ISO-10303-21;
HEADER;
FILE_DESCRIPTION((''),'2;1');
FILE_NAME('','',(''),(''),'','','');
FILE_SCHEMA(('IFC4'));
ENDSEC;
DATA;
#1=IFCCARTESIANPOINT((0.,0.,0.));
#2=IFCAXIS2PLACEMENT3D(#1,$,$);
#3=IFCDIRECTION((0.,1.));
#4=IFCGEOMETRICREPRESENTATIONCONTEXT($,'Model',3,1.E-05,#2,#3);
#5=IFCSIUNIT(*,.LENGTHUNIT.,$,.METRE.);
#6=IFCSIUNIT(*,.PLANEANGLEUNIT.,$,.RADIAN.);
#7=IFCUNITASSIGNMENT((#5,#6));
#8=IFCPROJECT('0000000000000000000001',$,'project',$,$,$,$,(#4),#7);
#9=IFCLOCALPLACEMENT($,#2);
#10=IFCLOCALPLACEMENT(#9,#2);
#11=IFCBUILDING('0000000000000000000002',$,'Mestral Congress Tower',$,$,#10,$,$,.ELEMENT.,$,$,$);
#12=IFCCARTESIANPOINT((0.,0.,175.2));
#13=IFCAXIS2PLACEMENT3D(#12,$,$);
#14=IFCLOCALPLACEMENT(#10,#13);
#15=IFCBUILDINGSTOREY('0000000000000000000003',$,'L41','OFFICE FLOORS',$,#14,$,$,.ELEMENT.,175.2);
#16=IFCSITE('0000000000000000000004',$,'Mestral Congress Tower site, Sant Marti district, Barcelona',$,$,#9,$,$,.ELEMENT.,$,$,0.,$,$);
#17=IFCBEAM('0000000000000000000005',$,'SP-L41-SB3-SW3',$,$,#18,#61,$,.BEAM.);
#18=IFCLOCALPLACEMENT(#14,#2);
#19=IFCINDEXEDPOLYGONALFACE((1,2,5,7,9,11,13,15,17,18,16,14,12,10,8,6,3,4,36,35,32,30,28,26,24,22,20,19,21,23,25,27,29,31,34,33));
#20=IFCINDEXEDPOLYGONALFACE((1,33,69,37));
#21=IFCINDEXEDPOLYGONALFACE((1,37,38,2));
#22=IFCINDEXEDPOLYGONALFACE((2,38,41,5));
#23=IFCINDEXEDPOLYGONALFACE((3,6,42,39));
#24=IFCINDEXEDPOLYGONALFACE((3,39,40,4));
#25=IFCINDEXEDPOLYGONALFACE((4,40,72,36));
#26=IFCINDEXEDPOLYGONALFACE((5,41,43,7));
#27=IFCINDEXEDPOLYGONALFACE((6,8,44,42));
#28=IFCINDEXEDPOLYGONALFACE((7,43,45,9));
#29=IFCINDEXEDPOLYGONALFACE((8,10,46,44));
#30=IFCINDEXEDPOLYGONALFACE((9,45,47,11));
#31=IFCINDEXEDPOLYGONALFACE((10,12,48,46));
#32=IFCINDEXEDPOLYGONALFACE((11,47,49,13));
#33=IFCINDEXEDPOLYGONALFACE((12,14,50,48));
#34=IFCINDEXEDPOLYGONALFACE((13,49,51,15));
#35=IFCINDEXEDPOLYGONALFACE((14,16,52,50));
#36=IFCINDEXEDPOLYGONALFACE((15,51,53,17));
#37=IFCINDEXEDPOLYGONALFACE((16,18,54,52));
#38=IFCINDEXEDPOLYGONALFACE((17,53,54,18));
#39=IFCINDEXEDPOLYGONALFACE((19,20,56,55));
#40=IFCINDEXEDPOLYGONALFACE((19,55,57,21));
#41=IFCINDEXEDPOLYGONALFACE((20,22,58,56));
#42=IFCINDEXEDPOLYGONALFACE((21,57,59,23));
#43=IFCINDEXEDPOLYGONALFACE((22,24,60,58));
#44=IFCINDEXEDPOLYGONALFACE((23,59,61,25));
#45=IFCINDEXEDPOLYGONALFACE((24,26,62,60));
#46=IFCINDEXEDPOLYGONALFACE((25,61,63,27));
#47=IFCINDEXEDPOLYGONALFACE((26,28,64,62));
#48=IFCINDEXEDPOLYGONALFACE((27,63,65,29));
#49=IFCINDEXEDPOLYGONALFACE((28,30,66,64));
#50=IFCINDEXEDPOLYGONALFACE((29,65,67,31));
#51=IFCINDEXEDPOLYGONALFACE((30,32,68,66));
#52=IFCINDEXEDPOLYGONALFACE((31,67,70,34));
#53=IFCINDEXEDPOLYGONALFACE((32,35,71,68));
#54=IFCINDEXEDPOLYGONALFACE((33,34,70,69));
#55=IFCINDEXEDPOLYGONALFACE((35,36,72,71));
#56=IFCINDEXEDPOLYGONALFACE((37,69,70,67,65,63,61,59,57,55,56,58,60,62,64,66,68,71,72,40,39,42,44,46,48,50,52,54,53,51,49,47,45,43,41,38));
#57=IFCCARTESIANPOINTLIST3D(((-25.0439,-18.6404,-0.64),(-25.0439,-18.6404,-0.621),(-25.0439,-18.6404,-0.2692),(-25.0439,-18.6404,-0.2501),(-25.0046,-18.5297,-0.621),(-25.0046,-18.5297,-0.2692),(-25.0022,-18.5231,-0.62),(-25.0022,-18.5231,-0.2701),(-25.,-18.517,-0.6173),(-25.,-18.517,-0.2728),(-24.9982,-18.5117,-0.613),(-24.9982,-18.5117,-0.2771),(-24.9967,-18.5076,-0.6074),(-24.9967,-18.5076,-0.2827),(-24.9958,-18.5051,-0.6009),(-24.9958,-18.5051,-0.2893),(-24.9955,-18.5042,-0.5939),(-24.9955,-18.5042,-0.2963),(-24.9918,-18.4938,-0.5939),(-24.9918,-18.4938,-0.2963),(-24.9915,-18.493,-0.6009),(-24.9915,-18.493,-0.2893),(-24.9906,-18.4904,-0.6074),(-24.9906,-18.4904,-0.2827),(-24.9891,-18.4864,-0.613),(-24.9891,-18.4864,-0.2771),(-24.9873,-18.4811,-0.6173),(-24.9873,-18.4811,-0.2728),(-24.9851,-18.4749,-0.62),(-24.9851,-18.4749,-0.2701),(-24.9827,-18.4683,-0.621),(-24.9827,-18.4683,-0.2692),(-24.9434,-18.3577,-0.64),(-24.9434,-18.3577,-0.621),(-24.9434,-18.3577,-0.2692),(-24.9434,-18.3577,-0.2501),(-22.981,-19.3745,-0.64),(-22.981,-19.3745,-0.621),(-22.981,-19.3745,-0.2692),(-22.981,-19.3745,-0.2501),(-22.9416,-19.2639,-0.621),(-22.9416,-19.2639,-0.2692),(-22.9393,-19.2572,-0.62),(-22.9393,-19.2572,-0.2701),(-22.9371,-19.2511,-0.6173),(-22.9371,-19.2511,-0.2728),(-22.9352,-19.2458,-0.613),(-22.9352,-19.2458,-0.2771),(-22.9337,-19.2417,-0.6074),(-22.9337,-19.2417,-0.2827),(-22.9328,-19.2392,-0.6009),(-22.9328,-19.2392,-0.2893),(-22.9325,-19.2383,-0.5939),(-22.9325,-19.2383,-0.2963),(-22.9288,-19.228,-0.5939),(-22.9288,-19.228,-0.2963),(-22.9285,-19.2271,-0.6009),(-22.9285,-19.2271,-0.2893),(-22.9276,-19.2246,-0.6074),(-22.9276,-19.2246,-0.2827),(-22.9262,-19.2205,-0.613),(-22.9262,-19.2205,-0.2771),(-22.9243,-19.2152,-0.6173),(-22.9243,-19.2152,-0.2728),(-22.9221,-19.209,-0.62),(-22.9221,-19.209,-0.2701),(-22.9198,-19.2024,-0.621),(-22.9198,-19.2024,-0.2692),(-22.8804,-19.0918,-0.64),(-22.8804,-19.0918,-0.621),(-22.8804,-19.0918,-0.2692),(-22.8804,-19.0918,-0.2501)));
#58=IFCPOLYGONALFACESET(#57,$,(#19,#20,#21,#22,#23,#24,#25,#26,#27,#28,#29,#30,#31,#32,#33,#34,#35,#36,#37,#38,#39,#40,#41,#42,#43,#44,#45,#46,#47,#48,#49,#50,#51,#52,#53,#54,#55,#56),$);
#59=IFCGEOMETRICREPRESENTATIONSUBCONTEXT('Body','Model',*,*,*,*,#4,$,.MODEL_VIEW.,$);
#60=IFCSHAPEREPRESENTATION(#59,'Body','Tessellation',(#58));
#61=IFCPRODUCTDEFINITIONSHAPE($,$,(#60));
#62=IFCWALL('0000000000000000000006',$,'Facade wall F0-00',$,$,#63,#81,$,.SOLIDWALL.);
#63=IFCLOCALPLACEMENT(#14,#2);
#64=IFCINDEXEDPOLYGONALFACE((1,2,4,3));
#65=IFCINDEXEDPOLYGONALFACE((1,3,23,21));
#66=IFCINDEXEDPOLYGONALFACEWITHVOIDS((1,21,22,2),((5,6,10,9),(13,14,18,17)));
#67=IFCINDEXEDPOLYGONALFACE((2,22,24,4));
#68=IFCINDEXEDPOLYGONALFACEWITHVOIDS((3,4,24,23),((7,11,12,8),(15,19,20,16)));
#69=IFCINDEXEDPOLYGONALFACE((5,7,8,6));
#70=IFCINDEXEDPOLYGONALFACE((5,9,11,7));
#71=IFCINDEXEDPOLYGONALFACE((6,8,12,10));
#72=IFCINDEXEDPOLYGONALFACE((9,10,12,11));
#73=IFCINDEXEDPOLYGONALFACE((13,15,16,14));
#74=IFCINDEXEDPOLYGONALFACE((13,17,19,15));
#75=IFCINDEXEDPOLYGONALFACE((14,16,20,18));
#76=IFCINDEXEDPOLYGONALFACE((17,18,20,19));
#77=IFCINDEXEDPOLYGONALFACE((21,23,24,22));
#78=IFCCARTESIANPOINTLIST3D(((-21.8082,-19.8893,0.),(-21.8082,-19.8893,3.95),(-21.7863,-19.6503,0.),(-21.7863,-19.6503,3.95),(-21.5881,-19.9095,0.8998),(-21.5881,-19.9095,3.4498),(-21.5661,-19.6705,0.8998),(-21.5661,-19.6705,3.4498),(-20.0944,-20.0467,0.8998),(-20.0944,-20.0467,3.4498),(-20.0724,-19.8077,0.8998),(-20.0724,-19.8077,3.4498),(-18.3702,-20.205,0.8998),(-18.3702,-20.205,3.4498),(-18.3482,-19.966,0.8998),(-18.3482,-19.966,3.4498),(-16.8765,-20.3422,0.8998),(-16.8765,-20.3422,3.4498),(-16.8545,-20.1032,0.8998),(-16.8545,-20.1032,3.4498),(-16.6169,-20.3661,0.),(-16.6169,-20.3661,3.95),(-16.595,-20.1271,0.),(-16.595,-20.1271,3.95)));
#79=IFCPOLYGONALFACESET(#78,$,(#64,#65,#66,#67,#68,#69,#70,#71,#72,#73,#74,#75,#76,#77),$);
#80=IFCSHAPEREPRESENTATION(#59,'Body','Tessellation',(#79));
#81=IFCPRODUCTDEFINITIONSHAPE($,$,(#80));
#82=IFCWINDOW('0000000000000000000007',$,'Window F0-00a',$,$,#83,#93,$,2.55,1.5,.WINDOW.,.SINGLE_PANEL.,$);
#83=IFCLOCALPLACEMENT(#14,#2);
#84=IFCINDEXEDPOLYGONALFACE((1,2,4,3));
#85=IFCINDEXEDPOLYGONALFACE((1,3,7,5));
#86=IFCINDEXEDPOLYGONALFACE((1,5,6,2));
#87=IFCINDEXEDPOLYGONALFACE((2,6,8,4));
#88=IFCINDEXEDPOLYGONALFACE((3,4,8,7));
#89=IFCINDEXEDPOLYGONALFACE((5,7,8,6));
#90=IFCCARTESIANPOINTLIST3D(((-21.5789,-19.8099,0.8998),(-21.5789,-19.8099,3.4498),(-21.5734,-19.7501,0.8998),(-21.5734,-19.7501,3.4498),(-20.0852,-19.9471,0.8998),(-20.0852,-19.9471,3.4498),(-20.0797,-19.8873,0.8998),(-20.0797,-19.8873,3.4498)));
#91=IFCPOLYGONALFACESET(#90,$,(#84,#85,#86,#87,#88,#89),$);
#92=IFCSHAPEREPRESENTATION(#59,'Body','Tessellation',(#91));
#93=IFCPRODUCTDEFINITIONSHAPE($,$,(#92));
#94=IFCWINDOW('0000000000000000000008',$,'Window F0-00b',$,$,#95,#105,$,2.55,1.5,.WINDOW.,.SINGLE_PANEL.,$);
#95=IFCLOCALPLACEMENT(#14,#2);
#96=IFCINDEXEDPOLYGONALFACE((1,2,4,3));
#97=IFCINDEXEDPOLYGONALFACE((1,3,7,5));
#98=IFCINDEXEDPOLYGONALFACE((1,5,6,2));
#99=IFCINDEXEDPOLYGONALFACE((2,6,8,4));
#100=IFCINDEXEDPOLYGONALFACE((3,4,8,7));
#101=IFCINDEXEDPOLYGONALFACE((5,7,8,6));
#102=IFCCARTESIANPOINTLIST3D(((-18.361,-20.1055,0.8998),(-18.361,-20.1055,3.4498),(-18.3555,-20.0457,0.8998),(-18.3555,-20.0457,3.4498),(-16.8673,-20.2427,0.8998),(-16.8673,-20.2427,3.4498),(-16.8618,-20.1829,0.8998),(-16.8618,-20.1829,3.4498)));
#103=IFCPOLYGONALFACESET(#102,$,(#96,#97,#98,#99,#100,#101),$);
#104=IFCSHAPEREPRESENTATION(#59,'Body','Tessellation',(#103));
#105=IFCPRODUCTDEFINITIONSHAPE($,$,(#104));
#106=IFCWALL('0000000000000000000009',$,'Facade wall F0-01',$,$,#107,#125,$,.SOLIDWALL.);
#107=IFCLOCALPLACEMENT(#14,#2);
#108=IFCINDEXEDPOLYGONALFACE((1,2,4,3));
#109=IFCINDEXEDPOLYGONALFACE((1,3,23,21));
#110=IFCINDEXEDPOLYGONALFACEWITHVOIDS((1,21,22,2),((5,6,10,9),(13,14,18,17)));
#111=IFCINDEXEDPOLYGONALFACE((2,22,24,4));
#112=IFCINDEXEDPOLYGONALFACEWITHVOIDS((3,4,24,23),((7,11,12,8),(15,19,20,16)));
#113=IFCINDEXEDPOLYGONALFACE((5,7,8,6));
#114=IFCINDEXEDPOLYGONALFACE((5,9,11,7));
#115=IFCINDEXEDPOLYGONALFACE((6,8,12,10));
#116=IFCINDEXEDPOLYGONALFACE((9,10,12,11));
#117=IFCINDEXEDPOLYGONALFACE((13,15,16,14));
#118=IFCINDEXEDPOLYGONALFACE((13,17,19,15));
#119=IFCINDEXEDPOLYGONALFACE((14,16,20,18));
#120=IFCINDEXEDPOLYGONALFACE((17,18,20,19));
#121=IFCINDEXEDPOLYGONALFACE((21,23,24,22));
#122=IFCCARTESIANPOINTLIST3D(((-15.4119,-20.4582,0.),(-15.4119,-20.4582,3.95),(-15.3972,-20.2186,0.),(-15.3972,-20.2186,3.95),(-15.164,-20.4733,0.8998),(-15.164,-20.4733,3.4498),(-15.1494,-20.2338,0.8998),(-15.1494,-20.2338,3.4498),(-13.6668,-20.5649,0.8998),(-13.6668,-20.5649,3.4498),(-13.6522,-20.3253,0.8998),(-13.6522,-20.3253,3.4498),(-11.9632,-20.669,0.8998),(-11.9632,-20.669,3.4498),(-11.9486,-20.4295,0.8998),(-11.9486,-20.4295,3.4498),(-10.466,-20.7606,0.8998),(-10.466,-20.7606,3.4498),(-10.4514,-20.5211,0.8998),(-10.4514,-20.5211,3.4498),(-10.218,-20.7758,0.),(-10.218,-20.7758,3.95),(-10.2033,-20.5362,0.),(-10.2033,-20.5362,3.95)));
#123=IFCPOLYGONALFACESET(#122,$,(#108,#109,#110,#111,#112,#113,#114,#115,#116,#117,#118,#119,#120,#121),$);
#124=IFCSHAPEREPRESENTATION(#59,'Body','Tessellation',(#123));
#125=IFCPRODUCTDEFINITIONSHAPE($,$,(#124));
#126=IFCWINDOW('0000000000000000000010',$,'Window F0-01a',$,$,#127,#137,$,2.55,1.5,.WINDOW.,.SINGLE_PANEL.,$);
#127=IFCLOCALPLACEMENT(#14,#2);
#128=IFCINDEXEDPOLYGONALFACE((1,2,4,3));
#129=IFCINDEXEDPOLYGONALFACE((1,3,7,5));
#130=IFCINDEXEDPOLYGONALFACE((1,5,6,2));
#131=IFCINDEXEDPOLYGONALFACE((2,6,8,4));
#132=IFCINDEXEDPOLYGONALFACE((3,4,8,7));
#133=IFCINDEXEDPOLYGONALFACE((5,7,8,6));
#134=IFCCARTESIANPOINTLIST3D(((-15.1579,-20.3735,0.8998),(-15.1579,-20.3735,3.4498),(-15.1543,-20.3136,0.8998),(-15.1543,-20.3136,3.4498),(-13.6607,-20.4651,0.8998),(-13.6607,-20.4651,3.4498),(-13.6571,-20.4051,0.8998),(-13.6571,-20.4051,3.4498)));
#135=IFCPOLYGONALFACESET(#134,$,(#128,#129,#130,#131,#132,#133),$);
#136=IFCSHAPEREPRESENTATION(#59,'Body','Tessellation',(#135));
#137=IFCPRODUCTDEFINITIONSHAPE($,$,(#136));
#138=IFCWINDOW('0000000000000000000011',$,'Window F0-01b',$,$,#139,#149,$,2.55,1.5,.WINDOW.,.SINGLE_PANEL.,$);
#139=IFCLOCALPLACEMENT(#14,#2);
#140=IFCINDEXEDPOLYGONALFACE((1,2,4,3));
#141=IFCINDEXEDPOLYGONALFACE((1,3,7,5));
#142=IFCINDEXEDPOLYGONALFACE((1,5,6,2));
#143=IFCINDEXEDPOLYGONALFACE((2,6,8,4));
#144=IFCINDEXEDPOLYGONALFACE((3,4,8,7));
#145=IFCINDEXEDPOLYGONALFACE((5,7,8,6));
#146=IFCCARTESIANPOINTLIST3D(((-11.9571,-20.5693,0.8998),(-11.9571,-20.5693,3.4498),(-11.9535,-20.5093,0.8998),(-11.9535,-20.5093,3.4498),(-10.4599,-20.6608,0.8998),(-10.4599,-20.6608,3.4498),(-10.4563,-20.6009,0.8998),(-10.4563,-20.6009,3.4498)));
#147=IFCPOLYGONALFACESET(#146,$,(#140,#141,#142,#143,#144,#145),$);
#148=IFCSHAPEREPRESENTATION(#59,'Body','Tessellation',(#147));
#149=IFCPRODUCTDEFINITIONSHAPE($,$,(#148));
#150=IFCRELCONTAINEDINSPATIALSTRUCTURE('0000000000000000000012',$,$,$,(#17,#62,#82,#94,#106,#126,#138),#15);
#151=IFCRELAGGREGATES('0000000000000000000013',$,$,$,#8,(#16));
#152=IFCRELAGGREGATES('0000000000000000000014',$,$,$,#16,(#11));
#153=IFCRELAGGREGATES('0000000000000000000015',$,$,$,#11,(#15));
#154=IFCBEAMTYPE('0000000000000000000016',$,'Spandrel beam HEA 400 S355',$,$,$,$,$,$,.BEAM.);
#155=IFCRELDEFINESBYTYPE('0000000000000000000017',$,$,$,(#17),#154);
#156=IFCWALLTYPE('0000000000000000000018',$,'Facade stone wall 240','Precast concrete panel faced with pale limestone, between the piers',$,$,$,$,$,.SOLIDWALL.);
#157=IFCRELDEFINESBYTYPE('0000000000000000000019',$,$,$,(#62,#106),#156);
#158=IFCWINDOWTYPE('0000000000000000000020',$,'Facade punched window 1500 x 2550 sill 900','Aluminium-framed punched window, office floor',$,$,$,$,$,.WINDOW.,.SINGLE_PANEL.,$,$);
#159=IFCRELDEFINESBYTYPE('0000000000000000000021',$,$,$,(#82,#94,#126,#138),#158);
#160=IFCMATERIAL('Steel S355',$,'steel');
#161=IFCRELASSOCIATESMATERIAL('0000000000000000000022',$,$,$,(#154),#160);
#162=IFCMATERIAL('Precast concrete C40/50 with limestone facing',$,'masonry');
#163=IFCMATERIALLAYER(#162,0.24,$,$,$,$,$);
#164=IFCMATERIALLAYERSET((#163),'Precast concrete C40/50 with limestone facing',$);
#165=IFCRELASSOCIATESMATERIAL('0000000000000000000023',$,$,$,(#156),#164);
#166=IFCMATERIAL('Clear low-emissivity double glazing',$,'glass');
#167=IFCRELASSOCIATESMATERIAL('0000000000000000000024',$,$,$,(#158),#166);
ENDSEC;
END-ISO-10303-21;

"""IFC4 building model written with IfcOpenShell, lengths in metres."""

from ifc_helpers import new_model, si_unit, direction, frame, frame_2d, origin, origin_2d, place, context, subcontext, project, spatial, rectangle, i_section, extrude, material, layer, layer_set, material_profile, profile_set, type_object, element, fill, save


model = new_model("IFC4")

# Units and contexts
model_context = context("Model", 3, precision=1e-05, world=origin(), true_north=direction((0.0, 1.0)))
body_context = subcontext(model_context, "Body", "Model", "MODEL_VIEW")
ifc_project = project(units=[si_unit("LENGTHUNIT", "METRE"), si_unit("PLANEANGLEUNIT", "RADIAN")], contexts=[model_context])

# Site, building, storey
site_placement = place(None, origin())
site = spatial("IfcSite", under=ifc_project, at=site_placement, Name="Mestral Congress Tower site, Sant Marti district, Barcelona", CompositionType="ELEMENT", RefElevation=0.0)
building_placement = place(site_placement, origin())
building = spatial("IfcBuilding", under=site, at=building_placement, Name="Mestral Congress Tower", CompositionType="ELEMENT")
storey_placement = place(building_placement, frame((0.0, 0.0, 175.2)))
storey = spatial("IfcBuildingStorey", under=building, at=storey_placement, Name="L41", Description="OFFICE FLOORS", CompositionType="ELEMENT", Elevation=175.2)

# Beam
ifc_material_1 = material(Name="Steel S355", Category="steel")
ifc_material_profile_1 = material_profile(ifc_material_1, i_section(OverallWidth=0.3, OverallDepth=0.3899, WebThickness=0.011, FlangeThickness=0.019, FilletRadius=0.0271, at=origin_2d()), Name="HEA 400")
ifc_profile_set_1 = profile_set([ifc_material_profile_1], Name="Steel S355")
beam_type_1 = type_object("IfcBeamType", Name="Spandrel beam HEA 400 S355", PredefinedType="BEAM", material=ifc_profile_set_1)
beam_1_placement = place(storey_placement, frame((-24.9937, -18.499, -0.4451), z_axis=(0.942125, -0.335263, 0.0), x_axis=(0.335263, 0.942125, 0.0)))
element("IfcBeam", 1, at=beam_1_placement, inside=storey, type_object=beam_type_1, Name="SP-L41-SB3-SW3", PredefinedType="BEAM", context=body_context, shape_type="SweptSolid", body=[
    extrude(i_section(OverallWidth=0.3, OverallDepth=0.3899, WebThickness=0.011, FlangeThickness=0.019, FilletRadius=0.0271, at=origin_2d()), origin(), (0.0, 0.0, 1.0), 2.1897),
])

# Walls, openings, windows
ifc_material_2 = material(Name="Precast concrete C40/50 with limestone facing", Category="masonry")
ifc_layer_1 = layer(ifc_material_2, 0.24)
ifc_layer_set_1 = layer_set([ifc_layer_1], Name="Precast concrete C40/50 with limestone facing")
wall_type_1 = type_object("IfcWallType", Name="Facade stone wall 240", Description="Precast concrete panel faced with pale limestone, between the piers", PredefinedType="SOLIDWALL", material=ifc_layer_set_1)
wall_1_placement = place(storey_placement, frame((-21.7971, -19.7698, 0.0), z_axis=(0.0, 0.0, 1.0), x_axis=(0.995809, -0.09146, 0.0)))
wall_1 = element("IfcWall", 2, at=wall_1_placement, inside=storey, type_object=wall_type_1, Name="Facade wall F0-00", PredefinedType="SOLIDWALL", context=body_context, shape_type="SweptSolid", body=[
    extrude(rectangle(XDim=5.2131, YDim=0.24, at=frame_2d((2.6064, 0.0))), origin(), (0.0, 0.0, 1.0), 3.95),
])
opening_1_placement = place(wall_1_placement, frame((0.2209, 0.0, 0.8999)))
opening_1 = element("IfcOpeningElement", 3, at=opening_1_placement, cuts=wall_1, PredefinedType="OPENING", context=body_context, shape_type="SweptSolid", body=[
    extrude(rectangle(XDim=1.5, YDim=2.55, at=frame_2d((0.75, 1.2749))), frame((0.0, 0.1299, 0.0), z_axis=(0.0, -1.0, 0.0), x_axis=(1.0, 0.0, 0.0)), (0.0, 0.0, 1.0), 0.26),
])
opening_2_placement = place(wall_1_placement, frame((3.4524, 0.0, 0.8999)))
opening_2 = element("IfcOpeningElement", 4, at=opening_2_placement, cuts=wall_1, PredefinedType="OPENING", context=body_context, shape_type="SweptSolid", body=[
    extrude(rectangle(XDim=1.5, YDim=2.55, at=frame_2d((0.75, 1.2749))), frame((0.0, 0.1299, 0.0), z_axis=(0.0, -1.0, 0.0), x_axis=(1.0, 0.0, 0.0)), (0.0, 0.0, 1.0), 0.26),
])
ifc_material_3 = material(Name="Clear low-emissivity double glazing", Category="glass")
window_type_1 = type_object("IfcWindowType", Name="Facade punched window 1500 x 2550 sill 900", Description="Aluminium-framed punched window, office floor", PartitioningType="SINGLE_PANEL", PredefinedType="WINDOW", material=ifc_material_3)
window_1_placement = place(opening_1_placement, origin())
window_1 = element("IfcWindow", 5, at=window_1_placement, inside=storey, type_object=window_type_1, Name="Window F0-00a", OverallHeight=2.55, OverallWidth=1.5, PartitioningType="SINGLE_PANEL", PredefinedType="WINDOW", context=body_context, shape_type="SweptSolid", body=[
    extrude(rectangle(XDim=1.5, YDim=2.55, at=frame_2d((0.75, 1.2749))), frame((0.0, 0.04, 0.0), z_axis=(0.0, -1.0, 0.0), x_axis=(1.0, 0.0, 0.0)), (0.0, 0.0, 1.0), 0.0601),
])
fill(opening_1, window_1)
window_2_placement = place(opening_2_placement, origin())
window_2 = element("IfcWindow", 6, at=window_2_placement, inside=storey, type_object=window_type_1, Name="Window F0-00b", OverallHeight=2.55, OverallWidth=1.5, PartitioningType="SINGLE_PANEL", PredefinedType="WINDOW", context=body_context, shape_type="SweptSolid", body=[
    extrude(rectangle(XDim=1.5, YDim=2.55, at=frame_2d((0.75, 1.2749))), frame((0.0, 0.04, 0.0), z_axis=(0.0, -1.0, 0.0), x_axis=(1.0, 0.0, 0.0)), (0.0, 0.0, 1.0), 0.0601),
])
fill(opening_2, window_2)
wall_2_placement = place(storey_placement, frame((-15.4045, -20.3384, 0.0), z_axis=(0.0, 0.0, 1.0), x_axis=(0.998135, -0.06104, 0.0)))
wall_2 = element("IfcWall", 7, at=wall_2_placement, inside=storey, type_object=wall_type_1, Name="Facade wall F0-01", PredefinedType="SOLIDWALL", context=body_context, shape_type="SweptSolid", body=[
    extrude(rectangle(XDim=5.2036, YDim=0.24, at=frame_2d((2.6018, 0.0))), origin(), (0.0, 0.0, 1.0), 3.95),
])
opening_3_placement = place(wall_2_placement, frame((0.2483, 0.0, 0.8999)))
opening_3 = element("IfcOpeningElement", 8, at=opening_3_placement, cuts=wall_2, PredefinedType="OPENING", context=body_context, shape_type="SweptSolid", body=[
    extrude(rectangle(XDim=1.5, YDim=2.55, at=frame_2d((0.75, 1.2749))), frame((0.0, 0.1299, 0.0), z_axis=(0.0, -1.0, 0.0), x_axis=(1.0, 0.0, 0.0)), (0.0, 0.0, 1.0), 0.26),
])
opening_4_placement = place(wall_2_placement, frame((3.4551, 0.0, 0.8999)))
opening_4 = element("IfcOpeningElement", 9, at=opening_4_placement, cuts=wall_2, PredefinedType="OPENING", context=body_context, shape_type="SweptSolid", body=[
    extrude(rectangle(XDim=1.5, YDim=2.55, at=frame_2d((0.75, 1.2749))), frame((0.0, 0.1299, 0.0), z_axis=(0.0, -1.0, 0.0), x_axis=(1.0, 0.0, 0.0)), (0.0, 0.0, 1.0), 0.26),
])
window_3_placement = place(opening_3_placement, origin())
window_3 = element("IfcWindow", 10, at=window_3_placement, inside=storey, type_object=window_type_1, Name="Window F0-01a", OverallHeight=2.55, OverallWidth=1.5, PartitioningType="SINGLE_PANEL", PredefinedType="WINDOW", context=body_context, shape_type="SweptSolid", body=[
    extrude(rectangle(XDim=1.5, YDim=2.55, at=frame_2d((0.75, 1.2749))), frame((0.0, 0.04, 0.0), z_axis=(0.0, -1.0, 0.0), x_axis=(1.0, 0.0, 0.0)), (0.0, 0.0, 1.0), 0.0601),
])
fill(opening_3, window_3)
window_4_placement = place(opening_4_placement, origin())
window_4 = element("IfcWindow", 11, at=window_4_placement, inside=storey, type_object=window_type_1, Name="Window F0-01b", OverallHeight=2.55, OverallWidth=1.5, PartitioningType="SINGLE_PANEL", PredefinedType="WINDOW", context=body_context, shape_type="SweptSolid", body=[
    extrude(rectangle(XDim=1.5, YDim=2.55, at=frame_2d((0.75, 1.2749))), frame((0.0, 0.04, 0.0), z_axis=(0.0, -1.0, 0.0), x_axis=(1.0, 0.0, 0.0)), (0.0, 0.0, 1.0), 0.0601),
])
fill(opening_4, window_4)

save(model, "model.ifc")
